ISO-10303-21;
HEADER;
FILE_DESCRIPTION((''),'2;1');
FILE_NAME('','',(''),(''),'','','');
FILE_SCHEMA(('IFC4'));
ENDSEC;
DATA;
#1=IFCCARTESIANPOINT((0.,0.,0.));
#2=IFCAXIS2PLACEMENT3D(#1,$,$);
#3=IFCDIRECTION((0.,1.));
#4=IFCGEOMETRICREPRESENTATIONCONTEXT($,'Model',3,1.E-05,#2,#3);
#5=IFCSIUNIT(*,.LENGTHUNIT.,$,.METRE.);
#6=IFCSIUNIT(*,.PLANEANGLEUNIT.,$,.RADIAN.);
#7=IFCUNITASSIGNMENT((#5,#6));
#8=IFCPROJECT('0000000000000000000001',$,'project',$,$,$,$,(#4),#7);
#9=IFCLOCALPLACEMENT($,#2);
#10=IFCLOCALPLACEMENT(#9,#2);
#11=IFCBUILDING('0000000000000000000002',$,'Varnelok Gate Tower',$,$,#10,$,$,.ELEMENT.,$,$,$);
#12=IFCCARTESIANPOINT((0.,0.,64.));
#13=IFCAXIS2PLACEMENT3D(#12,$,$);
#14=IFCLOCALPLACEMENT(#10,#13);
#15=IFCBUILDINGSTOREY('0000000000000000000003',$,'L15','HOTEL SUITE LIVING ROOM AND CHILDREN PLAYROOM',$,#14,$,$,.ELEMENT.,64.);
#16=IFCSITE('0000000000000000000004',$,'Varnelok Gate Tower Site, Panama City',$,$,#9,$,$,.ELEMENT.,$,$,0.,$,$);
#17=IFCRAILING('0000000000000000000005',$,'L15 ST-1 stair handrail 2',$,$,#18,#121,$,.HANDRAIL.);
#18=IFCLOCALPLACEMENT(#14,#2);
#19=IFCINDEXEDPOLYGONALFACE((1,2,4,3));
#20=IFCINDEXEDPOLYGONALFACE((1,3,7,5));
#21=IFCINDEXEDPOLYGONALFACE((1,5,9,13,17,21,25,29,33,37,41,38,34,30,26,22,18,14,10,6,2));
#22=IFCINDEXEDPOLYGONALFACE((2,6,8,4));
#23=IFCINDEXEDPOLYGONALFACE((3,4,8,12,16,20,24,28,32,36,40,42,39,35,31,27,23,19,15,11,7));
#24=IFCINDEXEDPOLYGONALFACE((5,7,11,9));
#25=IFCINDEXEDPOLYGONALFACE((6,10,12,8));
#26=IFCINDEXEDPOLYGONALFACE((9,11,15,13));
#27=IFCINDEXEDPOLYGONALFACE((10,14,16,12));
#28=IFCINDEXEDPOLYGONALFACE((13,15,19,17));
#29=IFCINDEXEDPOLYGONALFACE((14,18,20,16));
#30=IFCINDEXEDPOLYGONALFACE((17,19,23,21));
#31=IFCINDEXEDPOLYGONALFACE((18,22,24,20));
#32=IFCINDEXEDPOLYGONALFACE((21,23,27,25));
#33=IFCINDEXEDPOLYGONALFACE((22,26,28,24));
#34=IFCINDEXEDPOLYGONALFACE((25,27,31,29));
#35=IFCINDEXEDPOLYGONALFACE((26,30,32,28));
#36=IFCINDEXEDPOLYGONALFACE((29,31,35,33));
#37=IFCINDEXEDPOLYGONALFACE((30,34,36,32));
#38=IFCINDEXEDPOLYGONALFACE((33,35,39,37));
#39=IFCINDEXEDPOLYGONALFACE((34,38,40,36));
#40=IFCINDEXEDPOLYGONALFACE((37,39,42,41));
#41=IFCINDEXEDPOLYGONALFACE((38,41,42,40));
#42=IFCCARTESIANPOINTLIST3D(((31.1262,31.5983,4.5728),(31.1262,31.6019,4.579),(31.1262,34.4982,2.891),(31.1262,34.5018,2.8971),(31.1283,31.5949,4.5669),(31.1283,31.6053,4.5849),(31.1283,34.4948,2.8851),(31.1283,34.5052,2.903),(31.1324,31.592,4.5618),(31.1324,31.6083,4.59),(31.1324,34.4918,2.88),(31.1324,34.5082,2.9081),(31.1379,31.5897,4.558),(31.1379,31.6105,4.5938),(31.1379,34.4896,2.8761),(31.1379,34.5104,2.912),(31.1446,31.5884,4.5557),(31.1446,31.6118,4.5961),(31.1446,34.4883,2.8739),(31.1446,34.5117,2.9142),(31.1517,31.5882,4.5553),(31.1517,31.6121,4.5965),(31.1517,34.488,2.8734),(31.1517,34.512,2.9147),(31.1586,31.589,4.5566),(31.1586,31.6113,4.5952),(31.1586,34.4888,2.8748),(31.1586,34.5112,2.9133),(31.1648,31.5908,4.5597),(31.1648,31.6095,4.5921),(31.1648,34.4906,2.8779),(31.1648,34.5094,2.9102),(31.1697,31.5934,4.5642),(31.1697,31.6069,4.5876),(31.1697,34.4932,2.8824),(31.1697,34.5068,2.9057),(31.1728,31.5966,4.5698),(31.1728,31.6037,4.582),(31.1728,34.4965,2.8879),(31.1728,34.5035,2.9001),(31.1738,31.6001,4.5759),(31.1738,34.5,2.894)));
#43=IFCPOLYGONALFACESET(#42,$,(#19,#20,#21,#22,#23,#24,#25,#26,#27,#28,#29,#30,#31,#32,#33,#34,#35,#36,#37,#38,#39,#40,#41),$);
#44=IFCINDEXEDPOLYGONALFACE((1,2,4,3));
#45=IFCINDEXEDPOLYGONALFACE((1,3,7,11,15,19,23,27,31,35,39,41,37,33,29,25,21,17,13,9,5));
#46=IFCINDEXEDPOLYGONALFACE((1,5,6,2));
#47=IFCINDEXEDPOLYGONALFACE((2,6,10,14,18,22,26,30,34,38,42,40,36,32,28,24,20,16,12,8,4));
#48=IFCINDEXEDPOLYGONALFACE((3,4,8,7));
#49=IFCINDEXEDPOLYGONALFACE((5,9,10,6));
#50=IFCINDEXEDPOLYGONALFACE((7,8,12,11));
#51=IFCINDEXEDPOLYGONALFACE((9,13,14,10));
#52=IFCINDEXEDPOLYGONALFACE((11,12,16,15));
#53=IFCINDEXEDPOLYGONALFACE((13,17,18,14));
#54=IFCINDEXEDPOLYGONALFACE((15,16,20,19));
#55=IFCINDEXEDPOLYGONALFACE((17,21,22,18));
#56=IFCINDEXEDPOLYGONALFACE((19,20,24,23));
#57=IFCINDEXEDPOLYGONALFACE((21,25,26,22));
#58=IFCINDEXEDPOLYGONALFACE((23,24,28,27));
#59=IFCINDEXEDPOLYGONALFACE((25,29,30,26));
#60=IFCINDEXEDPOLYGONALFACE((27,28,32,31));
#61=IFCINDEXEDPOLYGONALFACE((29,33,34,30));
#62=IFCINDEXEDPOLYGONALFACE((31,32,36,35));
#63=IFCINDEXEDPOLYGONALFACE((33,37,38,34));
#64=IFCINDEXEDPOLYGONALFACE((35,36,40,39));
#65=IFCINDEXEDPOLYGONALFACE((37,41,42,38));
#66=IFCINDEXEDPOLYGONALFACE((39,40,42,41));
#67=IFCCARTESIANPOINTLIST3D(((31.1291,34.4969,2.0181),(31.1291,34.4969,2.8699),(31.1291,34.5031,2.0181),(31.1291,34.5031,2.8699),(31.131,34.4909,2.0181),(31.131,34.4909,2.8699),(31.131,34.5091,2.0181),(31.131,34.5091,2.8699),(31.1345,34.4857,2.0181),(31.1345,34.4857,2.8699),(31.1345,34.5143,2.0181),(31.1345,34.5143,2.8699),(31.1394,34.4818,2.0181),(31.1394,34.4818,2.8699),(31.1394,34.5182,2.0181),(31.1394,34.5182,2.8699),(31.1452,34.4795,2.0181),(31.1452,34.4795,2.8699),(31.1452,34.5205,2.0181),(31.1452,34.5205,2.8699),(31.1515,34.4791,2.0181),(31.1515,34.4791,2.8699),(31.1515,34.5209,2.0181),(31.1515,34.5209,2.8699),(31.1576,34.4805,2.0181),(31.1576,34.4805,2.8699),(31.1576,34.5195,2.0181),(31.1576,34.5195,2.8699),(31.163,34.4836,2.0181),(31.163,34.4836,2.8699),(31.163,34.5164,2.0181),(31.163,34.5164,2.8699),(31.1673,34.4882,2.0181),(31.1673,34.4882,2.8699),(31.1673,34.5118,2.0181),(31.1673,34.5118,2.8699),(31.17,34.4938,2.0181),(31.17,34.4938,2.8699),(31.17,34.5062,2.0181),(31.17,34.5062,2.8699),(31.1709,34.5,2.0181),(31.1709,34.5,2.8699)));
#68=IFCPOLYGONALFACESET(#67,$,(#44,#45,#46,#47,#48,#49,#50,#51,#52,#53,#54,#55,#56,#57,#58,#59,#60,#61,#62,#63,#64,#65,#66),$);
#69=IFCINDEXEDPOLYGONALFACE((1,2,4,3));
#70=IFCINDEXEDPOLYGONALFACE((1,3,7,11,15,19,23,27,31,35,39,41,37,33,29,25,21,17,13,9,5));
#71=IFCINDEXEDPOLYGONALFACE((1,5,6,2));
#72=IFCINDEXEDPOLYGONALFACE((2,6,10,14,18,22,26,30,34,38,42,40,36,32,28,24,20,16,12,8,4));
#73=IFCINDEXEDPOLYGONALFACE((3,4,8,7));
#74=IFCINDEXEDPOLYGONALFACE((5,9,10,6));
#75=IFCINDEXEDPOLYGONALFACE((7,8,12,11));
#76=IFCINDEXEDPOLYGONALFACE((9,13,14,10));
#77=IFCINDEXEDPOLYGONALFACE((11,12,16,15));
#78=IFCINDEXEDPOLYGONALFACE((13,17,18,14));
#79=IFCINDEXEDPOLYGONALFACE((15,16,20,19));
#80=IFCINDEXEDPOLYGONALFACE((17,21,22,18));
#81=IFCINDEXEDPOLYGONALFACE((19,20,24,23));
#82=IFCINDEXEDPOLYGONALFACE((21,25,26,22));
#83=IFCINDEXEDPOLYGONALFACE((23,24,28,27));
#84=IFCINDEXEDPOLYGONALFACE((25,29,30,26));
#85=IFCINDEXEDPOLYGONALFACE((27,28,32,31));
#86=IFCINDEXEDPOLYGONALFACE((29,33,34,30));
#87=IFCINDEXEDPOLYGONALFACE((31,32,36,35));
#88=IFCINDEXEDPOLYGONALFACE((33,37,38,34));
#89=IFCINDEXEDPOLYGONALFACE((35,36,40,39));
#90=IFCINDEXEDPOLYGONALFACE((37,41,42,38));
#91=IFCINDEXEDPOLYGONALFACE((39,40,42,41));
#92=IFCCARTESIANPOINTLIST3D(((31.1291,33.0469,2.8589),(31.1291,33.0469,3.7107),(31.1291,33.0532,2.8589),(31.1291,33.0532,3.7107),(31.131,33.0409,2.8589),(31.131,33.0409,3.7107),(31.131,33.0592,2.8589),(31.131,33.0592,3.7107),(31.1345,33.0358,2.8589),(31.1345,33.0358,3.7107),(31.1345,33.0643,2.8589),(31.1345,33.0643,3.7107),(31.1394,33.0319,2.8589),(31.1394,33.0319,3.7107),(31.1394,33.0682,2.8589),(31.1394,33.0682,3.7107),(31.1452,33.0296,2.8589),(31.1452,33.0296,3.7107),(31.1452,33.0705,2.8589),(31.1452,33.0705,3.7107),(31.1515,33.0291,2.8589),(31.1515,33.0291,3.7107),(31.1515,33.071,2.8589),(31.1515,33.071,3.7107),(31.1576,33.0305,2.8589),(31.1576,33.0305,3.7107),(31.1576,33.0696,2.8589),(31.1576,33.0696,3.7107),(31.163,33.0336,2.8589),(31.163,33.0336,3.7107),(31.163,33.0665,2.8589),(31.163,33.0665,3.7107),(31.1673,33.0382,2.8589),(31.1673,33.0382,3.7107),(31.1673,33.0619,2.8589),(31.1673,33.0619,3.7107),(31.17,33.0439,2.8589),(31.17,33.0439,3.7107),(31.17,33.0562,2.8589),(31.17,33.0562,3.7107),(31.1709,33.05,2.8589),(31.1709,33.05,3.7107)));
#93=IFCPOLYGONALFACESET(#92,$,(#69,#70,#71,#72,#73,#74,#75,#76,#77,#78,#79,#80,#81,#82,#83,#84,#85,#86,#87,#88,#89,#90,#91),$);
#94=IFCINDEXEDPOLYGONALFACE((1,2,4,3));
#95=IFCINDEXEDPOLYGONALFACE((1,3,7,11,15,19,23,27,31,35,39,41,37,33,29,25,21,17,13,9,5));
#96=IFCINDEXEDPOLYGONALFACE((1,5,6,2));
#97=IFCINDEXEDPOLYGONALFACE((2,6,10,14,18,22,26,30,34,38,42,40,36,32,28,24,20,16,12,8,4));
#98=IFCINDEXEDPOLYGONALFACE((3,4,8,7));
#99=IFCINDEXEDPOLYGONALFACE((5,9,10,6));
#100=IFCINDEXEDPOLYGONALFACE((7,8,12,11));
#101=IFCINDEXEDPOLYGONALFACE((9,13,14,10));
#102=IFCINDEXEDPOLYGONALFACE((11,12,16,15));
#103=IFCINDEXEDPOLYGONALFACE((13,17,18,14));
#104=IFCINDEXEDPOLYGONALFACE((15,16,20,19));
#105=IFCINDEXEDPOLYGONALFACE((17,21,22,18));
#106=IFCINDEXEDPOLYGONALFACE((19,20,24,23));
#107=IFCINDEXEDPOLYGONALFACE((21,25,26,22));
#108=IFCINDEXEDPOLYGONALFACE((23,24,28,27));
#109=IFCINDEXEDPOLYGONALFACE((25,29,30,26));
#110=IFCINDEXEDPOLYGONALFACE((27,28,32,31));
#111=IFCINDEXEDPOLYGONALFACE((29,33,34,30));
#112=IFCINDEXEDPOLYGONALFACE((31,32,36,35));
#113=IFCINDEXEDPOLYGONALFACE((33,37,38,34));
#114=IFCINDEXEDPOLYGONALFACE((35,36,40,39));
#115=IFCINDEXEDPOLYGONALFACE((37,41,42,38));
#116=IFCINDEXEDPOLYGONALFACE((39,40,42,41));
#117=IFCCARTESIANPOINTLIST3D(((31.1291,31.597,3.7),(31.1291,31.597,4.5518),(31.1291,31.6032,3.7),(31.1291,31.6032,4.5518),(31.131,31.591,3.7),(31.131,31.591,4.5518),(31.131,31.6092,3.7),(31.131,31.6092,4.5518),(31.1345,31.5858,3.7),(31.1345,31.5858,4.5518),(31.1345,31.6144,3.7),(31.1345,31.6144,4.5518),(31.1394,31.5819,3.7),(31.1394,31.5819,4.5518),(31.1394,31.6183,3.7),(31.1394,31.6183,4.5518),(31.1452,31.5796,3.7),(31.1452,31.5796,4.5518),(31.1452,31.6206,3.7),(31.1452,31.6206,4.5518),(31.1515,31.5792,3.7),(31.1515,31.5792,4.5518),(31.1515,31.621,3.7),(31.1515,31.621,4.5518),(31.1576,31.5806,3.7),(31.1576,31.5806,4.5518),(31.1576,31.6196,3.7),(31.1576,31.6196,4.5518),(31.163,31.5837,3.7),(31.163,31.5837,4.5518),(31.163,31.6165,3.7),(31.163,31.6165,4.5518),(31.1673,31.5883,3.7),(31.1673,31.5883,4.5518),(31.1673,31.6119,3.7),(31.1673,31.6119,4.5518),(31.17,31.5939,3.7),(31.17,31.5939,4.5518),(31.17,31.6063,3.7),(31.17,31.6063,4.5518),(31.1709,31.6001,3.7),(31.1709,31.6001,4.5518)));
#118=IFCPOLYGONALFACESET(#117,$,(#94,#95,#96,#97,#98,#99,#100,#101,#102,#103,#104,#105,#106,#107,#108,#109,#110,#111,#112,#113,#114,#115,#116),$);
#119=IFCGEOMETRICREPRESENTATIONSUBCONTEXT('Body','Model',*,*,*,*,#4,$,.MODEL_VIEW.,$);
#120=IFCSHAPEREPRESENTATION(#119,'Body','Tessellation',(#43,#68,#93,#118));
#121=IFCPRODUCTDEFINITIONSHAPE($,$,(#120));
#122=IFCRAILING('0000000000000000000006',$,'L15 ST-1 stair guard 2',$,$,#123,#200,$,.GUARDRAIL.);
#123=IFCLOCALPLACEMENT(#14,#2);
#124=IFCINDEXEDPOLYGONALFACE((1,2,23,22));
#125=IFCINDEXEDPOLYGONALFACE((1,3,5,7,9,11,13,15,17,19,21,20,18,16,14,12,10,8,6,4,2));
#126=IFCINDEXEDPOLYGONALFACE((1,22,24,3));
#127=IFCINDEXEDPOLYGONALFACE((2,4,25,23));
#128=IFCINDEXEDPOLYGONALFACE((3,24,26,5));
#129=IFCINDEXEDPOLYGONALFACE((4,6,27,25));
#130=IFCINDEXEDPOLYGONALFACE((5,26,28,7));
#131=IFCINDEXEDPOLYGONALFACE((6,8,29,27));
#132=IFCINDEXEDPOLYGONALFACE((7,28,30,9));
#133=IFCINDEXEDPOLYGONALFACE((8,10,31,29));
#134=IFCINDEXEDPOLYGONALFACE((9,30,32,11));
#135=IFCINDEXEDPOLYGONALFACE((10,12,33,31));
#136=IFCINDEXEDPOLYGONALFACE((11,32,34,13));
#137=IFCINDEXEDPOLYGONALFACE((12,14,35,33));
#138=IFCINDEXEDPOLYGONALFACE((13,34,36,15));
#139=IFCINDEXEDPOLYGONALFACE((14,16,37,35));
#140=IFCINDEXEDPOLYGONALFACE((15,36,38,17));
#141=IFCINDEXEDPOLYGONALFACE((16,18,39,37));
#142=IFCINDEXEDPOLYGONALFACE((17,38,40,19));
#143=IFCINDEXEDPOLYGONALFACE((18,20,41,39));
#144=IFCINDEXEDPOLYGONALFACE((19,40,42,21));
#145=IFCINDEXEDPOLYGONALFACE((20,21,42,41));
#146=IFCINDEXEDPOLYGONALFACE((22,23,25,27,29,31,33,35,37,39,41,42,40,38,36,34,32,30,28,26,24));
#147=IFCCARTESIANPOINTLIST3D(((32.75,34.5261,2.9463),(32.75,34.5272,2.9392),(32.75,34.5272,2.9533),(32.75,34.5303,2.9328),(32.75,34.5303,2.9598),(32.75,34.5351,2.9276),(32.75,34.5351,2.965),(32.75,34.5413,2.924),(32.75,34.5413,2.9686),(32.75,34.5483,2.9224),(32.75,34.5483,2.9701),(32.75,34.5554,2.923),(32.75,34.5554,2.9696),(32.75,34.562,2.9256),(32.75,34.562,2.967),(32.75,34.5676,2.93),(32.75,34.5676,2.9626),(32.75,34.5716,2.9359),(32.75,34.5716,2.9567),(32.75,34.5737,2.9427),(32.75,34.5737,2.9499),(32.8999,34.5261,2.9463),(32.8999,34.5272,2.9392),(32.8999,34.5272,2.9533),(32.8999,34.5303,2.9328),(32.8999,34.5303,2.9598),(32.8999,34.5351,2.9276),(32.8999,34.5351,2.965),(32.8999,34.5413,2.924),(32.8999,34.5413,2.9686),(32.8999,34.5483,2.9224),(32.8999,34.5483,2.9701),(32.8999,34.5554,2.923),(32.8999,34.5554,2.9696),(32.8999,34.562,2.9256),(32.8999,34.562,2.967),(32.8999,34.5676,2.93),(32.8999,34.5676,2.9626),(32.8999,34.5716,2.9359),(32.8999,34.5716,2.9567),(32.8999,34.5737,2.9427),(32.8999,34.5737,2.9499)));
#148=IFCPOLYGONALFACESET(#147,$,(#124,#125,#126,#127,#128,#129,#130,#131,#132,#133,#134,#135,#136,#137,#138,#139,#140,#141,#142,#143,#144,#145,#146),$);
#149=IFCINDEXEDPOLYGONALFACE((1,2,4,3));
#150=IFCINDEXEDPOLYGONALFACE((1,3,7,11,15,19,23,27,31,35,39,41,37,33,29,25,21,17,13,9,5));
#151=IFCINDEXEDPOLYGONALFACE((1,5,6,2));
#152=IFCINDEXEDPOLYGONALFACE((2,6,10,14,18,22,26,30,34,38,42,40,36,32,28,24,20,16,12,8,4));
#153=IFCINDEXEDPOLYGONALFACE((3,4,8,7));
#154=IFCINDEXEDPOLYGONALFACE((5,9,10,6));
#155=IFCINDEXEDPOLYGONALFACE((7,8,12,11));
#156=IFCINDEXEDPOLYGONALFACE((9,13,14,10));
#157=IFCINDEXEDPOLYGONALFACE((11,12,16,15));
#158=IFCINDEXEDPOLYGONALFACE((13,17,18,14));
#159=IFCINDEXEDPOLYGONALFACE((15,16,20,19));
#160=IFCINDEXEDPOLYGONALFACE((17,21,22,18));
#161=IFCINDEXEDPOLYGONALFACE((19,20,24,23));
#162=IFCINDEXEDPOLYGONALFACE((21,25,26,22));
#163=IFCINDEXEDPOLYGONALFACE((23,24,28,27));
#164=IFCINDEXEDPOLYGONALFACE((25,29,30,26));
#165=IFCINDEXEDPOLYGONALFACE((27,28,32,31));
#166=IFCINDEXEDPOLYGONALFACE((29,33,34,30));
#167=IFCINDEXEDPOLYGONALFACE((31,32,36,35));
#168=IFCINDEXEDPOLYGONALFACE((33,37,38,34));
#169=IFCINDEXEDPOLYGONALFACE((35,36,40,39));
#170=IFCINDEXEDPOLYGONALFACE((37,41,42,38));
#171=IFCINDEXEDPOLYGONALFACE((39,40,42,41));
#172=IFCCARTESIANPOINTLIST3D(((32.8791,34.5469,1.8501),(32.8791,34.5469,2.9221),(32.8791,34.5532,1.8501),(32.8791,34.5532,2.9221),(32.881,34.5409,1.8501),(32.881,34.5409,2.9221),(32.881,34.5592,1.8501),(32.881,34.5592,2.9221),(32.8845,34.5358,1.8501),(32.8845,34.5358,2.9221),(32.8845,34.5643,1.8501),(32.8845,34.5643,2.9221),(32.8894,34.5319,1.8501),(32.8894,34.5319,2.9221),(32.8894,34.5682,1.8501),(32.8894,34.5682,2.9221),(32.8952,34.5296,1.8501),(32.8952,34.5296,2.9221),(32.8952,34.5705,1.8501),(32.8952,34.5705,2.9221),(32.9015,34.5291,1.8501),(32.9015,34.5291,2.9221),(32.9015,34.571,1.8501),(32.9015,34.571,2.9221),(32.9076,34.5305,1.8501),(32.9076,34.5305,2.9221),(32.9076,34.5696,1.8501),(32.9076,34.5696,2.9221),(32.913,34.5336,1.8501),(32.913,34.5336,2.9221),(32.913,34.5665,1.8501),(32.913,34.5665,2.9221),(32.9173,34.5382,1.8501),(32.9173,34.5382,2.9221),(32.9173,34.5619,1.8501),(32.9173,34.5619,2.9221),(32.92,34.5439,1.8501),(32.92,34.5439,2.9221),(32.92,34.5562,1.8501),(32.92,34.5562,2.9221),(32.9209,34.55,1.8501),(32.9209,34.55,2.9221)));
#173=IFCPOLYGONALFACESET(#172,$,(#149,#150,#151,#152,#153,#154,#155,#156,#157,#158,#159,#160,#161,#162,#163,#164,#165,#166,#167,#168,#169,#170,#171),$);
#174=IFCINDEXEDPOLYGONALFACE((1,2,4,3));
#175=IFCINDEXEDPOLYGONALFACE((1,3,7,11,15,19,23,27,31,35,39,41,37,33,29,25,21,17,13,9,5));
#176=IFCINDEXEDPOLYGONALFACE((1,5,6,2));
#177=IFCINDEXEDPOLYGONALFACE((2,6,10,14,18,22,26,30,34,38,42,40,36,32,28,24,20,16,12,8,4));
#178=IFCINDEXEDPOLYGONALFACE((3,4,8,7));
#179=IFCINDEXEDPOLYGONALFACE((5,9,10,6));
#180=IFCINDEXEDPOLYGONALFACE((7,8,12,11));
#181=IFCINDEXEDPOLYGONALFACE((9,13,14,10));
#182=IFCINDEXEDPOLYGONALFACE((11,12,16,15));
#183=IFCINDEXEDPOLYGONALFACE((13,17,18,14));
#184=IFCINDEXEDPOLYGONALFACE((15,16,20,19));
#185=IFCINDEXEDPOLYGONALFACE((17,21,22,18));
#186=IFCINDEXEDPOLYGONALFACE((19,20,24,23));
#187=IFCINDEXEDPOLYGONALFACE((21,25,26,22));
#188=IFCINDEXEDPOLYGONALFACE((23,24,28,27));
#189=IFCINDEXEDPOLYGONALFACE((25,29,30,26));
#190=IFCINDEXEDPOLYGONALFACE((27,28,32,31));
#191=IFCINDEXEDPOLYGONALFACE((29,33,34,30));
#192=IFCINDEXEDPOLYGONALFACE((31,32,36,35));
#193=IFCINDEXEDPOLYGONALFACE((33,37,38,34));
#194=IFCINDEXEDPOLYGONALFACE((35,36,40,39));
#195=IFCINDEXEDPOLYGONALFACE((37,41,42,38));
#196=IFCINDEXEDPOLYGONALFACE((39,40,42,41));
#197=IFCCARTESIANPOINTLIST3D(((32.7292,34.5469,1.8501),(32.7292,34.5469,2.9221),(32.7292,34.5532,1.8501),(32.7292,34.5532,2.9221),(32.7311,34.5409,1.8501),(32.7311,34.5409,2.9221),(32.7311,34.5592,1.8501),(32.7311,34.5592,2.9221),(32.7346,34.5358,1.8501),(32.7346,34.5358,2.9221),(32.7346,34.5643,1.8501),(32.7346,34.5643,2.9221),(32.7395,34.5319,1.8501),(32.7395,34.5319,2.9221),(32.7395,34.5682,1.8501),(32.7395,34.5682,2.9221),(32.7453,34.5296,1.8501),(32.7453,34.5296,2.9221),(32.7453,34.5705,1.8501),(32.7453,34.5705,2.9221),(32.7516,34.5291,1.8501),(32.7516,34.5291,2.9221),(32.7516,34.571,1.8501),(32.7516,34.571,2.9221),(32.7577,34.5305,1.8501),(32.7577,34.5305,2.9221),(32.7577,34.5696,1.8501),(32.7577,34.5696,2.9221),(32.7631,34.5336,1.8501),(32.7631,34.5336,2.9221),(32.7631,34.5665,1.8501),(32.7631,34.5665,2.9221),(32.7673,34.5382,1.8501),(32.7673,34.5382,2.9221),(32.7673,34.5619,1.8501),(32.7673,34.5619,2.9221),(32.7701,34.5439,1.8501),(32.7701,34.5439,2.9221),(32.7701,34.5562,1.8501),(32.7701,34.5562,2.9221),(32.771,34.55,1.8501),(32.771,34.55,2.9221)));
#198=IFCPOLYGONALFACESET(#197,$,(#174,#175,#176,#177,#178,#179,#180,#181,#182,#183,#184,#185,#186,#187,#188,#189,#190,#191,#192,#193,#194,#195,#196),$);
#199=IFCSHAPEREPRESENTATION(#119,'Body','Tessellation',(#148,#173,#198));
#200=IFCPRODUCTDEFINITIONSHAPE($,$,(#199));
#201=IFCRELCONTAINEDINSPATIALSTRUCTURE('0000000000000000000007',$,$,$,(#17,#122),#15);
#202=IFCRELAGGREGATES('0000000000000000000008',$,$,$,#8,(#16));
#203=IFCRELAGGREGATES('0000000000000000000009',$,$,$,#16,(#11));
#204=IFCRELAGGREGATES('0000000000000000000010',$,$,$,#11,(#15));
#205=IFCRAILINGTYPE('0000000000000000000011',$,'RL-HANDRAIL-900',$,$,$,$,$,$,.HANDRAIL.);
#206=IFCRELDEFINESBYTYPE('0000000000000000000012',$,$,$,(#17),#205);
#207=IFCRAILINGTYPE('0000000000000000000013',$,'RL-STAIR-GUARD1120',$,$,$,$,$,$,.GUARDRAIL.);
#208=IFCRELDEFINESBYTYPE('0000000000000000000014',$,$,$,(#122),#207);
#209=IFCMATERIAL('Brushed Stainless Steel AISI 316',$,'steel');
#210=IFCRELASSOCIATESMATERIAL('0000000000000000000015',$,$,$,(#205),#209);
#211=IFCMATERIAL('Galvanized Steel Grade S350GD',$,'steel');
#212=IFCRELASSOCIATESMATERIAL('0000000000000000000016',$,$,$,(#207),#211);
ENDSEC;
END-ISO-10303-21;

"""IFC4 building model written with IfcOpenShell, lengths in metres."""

from ifc_helpers import new_model, si_unit, direction, frame, origin, origin_2d, place, context, subcontext, project, spatial, circle, extrude, material, type_object, element, save


model = new_model("IFC4")

# Units and contexts
model_context = context("Model", 3, precision=1e-05, world=origin(), true_north=direction((0.0, 1.0)))
body_context = subcontext(model_context, "Body", "Model", "MODEL_VIEW")
ifc_project = project(units=[si_unit("LENGTHUNIT", "METRE"), si_unit("PLANEANGLEUNIT", "RADIAN")], contexts=[model_context])

# Site, building, storey
site_placement = place(None, origin())
site = spatial("IfcSite", under=ifc_project, at=site_placement, Name="Varnelok Gate Tower Site, Panama City", CompositionType="ELEMENT", RefElevation=0.0)
building_placement = place(site_placement, origin())
building = spatial("IfcBuilding", under=site, at=building_placement, Name="Varnelok Gate Tower", CompositionType="ELEMENT")
storey_placement = place(building_placement, frame((0.0, 0.0, 64.0)))
storey = spatial("IfcBuildingStorey", under=building, at=storey_placement, Name="L15", Description="HOTEL SUITE LIVING ROOM AND CHILDREN PLAYROOM", CompositionType="ELEMENT", Elevation=64.0)

# Shared definitions
ifc_material_1 = material(Name="Galvanized Steel Grade S350GD", Category="steel")

# Railings
ifc_material_2 = material(Name="Brushed Stainless Steel AISI 316", Category="steel")
railing_type_1 = type_object("IfcRailingType", Name="RL-HANDRAIL-900", PredefinedType="HANDRAIL", material=ifc_material_2)
railing_1_placement = place(storey_placement, frame((31.1499, 34.5, 2.0181)))
element("IfcRailing", 1, at=railing_1_placement, inside=storey, type_object=railing_type_1, Name="L15 ST-1 stair handrail 2", PredefinedType="HANDRAIL", context=body_context, shape_type="SweptSolid", body=[
    extrude(circle(Radius=0.0239, at=origin_2d()), frame((0.0, 0.0, 0.876), z_axis=(0.0, -0.865039, 0.501705), x_axis=(1.0, 0.0, 0.0)), (0.0, 0.0, 1.0), 3.3523),
    extrude(circle(Radius=0.021, at=origin_2d()), origin(), (0.0, 0.0, 1.0), 0.8518),
    extrude(circle(Radius=0.021, at=origin_2d()), frame((0.0, -1.45, 0.8408)), (0.0, 0.0, 1.0), 0.8518),
    extrude(circle(Radius=0.021, at=origin_2d()), frame((0.0, -2.8999, 1.6819)), (0.0, 0.0, 1.0), 0.8518),
])
railing_type_2 = type_object("IfcRailingType", Name="RL-STAIR-GUARD1120", PredefinedType="GUARDRAIL", material=ifc_material_1)
railing_2_placement = place(storey_placement, frame((32.8999, 34.55, 1.8501)))
element("IfcRailing", 2, at=railing_2_placement, inside=storey, type_object=railing_type_2, Name="L15 ST-1 stair guard 2", PredefinedType="GUARDRAIL", context=body_context, shape_type="SweptSolid", body=[
    extrude(circle(Radius=0.0239, at=origin_2d()), frame((0.0, 0.0, 1.0962), z_axis=(-1.0, 0.0, 0.0), x_axis=(0.0, -1.0, 0.0)), (0.0, 0.0, 1.0), 0.1499),
    extrude(circle(Radius=0.021, at=origin_2d()), origin(), (0.0, 0.0, 1.0), 1.072),
    extrude(circle(Radius=0.021, at=origin_2d()), frame((-0.1499, 0.0, 0.0)), (0.0, 0.0, 1.0), 1.072),
])

save(model, "model.ifc")
